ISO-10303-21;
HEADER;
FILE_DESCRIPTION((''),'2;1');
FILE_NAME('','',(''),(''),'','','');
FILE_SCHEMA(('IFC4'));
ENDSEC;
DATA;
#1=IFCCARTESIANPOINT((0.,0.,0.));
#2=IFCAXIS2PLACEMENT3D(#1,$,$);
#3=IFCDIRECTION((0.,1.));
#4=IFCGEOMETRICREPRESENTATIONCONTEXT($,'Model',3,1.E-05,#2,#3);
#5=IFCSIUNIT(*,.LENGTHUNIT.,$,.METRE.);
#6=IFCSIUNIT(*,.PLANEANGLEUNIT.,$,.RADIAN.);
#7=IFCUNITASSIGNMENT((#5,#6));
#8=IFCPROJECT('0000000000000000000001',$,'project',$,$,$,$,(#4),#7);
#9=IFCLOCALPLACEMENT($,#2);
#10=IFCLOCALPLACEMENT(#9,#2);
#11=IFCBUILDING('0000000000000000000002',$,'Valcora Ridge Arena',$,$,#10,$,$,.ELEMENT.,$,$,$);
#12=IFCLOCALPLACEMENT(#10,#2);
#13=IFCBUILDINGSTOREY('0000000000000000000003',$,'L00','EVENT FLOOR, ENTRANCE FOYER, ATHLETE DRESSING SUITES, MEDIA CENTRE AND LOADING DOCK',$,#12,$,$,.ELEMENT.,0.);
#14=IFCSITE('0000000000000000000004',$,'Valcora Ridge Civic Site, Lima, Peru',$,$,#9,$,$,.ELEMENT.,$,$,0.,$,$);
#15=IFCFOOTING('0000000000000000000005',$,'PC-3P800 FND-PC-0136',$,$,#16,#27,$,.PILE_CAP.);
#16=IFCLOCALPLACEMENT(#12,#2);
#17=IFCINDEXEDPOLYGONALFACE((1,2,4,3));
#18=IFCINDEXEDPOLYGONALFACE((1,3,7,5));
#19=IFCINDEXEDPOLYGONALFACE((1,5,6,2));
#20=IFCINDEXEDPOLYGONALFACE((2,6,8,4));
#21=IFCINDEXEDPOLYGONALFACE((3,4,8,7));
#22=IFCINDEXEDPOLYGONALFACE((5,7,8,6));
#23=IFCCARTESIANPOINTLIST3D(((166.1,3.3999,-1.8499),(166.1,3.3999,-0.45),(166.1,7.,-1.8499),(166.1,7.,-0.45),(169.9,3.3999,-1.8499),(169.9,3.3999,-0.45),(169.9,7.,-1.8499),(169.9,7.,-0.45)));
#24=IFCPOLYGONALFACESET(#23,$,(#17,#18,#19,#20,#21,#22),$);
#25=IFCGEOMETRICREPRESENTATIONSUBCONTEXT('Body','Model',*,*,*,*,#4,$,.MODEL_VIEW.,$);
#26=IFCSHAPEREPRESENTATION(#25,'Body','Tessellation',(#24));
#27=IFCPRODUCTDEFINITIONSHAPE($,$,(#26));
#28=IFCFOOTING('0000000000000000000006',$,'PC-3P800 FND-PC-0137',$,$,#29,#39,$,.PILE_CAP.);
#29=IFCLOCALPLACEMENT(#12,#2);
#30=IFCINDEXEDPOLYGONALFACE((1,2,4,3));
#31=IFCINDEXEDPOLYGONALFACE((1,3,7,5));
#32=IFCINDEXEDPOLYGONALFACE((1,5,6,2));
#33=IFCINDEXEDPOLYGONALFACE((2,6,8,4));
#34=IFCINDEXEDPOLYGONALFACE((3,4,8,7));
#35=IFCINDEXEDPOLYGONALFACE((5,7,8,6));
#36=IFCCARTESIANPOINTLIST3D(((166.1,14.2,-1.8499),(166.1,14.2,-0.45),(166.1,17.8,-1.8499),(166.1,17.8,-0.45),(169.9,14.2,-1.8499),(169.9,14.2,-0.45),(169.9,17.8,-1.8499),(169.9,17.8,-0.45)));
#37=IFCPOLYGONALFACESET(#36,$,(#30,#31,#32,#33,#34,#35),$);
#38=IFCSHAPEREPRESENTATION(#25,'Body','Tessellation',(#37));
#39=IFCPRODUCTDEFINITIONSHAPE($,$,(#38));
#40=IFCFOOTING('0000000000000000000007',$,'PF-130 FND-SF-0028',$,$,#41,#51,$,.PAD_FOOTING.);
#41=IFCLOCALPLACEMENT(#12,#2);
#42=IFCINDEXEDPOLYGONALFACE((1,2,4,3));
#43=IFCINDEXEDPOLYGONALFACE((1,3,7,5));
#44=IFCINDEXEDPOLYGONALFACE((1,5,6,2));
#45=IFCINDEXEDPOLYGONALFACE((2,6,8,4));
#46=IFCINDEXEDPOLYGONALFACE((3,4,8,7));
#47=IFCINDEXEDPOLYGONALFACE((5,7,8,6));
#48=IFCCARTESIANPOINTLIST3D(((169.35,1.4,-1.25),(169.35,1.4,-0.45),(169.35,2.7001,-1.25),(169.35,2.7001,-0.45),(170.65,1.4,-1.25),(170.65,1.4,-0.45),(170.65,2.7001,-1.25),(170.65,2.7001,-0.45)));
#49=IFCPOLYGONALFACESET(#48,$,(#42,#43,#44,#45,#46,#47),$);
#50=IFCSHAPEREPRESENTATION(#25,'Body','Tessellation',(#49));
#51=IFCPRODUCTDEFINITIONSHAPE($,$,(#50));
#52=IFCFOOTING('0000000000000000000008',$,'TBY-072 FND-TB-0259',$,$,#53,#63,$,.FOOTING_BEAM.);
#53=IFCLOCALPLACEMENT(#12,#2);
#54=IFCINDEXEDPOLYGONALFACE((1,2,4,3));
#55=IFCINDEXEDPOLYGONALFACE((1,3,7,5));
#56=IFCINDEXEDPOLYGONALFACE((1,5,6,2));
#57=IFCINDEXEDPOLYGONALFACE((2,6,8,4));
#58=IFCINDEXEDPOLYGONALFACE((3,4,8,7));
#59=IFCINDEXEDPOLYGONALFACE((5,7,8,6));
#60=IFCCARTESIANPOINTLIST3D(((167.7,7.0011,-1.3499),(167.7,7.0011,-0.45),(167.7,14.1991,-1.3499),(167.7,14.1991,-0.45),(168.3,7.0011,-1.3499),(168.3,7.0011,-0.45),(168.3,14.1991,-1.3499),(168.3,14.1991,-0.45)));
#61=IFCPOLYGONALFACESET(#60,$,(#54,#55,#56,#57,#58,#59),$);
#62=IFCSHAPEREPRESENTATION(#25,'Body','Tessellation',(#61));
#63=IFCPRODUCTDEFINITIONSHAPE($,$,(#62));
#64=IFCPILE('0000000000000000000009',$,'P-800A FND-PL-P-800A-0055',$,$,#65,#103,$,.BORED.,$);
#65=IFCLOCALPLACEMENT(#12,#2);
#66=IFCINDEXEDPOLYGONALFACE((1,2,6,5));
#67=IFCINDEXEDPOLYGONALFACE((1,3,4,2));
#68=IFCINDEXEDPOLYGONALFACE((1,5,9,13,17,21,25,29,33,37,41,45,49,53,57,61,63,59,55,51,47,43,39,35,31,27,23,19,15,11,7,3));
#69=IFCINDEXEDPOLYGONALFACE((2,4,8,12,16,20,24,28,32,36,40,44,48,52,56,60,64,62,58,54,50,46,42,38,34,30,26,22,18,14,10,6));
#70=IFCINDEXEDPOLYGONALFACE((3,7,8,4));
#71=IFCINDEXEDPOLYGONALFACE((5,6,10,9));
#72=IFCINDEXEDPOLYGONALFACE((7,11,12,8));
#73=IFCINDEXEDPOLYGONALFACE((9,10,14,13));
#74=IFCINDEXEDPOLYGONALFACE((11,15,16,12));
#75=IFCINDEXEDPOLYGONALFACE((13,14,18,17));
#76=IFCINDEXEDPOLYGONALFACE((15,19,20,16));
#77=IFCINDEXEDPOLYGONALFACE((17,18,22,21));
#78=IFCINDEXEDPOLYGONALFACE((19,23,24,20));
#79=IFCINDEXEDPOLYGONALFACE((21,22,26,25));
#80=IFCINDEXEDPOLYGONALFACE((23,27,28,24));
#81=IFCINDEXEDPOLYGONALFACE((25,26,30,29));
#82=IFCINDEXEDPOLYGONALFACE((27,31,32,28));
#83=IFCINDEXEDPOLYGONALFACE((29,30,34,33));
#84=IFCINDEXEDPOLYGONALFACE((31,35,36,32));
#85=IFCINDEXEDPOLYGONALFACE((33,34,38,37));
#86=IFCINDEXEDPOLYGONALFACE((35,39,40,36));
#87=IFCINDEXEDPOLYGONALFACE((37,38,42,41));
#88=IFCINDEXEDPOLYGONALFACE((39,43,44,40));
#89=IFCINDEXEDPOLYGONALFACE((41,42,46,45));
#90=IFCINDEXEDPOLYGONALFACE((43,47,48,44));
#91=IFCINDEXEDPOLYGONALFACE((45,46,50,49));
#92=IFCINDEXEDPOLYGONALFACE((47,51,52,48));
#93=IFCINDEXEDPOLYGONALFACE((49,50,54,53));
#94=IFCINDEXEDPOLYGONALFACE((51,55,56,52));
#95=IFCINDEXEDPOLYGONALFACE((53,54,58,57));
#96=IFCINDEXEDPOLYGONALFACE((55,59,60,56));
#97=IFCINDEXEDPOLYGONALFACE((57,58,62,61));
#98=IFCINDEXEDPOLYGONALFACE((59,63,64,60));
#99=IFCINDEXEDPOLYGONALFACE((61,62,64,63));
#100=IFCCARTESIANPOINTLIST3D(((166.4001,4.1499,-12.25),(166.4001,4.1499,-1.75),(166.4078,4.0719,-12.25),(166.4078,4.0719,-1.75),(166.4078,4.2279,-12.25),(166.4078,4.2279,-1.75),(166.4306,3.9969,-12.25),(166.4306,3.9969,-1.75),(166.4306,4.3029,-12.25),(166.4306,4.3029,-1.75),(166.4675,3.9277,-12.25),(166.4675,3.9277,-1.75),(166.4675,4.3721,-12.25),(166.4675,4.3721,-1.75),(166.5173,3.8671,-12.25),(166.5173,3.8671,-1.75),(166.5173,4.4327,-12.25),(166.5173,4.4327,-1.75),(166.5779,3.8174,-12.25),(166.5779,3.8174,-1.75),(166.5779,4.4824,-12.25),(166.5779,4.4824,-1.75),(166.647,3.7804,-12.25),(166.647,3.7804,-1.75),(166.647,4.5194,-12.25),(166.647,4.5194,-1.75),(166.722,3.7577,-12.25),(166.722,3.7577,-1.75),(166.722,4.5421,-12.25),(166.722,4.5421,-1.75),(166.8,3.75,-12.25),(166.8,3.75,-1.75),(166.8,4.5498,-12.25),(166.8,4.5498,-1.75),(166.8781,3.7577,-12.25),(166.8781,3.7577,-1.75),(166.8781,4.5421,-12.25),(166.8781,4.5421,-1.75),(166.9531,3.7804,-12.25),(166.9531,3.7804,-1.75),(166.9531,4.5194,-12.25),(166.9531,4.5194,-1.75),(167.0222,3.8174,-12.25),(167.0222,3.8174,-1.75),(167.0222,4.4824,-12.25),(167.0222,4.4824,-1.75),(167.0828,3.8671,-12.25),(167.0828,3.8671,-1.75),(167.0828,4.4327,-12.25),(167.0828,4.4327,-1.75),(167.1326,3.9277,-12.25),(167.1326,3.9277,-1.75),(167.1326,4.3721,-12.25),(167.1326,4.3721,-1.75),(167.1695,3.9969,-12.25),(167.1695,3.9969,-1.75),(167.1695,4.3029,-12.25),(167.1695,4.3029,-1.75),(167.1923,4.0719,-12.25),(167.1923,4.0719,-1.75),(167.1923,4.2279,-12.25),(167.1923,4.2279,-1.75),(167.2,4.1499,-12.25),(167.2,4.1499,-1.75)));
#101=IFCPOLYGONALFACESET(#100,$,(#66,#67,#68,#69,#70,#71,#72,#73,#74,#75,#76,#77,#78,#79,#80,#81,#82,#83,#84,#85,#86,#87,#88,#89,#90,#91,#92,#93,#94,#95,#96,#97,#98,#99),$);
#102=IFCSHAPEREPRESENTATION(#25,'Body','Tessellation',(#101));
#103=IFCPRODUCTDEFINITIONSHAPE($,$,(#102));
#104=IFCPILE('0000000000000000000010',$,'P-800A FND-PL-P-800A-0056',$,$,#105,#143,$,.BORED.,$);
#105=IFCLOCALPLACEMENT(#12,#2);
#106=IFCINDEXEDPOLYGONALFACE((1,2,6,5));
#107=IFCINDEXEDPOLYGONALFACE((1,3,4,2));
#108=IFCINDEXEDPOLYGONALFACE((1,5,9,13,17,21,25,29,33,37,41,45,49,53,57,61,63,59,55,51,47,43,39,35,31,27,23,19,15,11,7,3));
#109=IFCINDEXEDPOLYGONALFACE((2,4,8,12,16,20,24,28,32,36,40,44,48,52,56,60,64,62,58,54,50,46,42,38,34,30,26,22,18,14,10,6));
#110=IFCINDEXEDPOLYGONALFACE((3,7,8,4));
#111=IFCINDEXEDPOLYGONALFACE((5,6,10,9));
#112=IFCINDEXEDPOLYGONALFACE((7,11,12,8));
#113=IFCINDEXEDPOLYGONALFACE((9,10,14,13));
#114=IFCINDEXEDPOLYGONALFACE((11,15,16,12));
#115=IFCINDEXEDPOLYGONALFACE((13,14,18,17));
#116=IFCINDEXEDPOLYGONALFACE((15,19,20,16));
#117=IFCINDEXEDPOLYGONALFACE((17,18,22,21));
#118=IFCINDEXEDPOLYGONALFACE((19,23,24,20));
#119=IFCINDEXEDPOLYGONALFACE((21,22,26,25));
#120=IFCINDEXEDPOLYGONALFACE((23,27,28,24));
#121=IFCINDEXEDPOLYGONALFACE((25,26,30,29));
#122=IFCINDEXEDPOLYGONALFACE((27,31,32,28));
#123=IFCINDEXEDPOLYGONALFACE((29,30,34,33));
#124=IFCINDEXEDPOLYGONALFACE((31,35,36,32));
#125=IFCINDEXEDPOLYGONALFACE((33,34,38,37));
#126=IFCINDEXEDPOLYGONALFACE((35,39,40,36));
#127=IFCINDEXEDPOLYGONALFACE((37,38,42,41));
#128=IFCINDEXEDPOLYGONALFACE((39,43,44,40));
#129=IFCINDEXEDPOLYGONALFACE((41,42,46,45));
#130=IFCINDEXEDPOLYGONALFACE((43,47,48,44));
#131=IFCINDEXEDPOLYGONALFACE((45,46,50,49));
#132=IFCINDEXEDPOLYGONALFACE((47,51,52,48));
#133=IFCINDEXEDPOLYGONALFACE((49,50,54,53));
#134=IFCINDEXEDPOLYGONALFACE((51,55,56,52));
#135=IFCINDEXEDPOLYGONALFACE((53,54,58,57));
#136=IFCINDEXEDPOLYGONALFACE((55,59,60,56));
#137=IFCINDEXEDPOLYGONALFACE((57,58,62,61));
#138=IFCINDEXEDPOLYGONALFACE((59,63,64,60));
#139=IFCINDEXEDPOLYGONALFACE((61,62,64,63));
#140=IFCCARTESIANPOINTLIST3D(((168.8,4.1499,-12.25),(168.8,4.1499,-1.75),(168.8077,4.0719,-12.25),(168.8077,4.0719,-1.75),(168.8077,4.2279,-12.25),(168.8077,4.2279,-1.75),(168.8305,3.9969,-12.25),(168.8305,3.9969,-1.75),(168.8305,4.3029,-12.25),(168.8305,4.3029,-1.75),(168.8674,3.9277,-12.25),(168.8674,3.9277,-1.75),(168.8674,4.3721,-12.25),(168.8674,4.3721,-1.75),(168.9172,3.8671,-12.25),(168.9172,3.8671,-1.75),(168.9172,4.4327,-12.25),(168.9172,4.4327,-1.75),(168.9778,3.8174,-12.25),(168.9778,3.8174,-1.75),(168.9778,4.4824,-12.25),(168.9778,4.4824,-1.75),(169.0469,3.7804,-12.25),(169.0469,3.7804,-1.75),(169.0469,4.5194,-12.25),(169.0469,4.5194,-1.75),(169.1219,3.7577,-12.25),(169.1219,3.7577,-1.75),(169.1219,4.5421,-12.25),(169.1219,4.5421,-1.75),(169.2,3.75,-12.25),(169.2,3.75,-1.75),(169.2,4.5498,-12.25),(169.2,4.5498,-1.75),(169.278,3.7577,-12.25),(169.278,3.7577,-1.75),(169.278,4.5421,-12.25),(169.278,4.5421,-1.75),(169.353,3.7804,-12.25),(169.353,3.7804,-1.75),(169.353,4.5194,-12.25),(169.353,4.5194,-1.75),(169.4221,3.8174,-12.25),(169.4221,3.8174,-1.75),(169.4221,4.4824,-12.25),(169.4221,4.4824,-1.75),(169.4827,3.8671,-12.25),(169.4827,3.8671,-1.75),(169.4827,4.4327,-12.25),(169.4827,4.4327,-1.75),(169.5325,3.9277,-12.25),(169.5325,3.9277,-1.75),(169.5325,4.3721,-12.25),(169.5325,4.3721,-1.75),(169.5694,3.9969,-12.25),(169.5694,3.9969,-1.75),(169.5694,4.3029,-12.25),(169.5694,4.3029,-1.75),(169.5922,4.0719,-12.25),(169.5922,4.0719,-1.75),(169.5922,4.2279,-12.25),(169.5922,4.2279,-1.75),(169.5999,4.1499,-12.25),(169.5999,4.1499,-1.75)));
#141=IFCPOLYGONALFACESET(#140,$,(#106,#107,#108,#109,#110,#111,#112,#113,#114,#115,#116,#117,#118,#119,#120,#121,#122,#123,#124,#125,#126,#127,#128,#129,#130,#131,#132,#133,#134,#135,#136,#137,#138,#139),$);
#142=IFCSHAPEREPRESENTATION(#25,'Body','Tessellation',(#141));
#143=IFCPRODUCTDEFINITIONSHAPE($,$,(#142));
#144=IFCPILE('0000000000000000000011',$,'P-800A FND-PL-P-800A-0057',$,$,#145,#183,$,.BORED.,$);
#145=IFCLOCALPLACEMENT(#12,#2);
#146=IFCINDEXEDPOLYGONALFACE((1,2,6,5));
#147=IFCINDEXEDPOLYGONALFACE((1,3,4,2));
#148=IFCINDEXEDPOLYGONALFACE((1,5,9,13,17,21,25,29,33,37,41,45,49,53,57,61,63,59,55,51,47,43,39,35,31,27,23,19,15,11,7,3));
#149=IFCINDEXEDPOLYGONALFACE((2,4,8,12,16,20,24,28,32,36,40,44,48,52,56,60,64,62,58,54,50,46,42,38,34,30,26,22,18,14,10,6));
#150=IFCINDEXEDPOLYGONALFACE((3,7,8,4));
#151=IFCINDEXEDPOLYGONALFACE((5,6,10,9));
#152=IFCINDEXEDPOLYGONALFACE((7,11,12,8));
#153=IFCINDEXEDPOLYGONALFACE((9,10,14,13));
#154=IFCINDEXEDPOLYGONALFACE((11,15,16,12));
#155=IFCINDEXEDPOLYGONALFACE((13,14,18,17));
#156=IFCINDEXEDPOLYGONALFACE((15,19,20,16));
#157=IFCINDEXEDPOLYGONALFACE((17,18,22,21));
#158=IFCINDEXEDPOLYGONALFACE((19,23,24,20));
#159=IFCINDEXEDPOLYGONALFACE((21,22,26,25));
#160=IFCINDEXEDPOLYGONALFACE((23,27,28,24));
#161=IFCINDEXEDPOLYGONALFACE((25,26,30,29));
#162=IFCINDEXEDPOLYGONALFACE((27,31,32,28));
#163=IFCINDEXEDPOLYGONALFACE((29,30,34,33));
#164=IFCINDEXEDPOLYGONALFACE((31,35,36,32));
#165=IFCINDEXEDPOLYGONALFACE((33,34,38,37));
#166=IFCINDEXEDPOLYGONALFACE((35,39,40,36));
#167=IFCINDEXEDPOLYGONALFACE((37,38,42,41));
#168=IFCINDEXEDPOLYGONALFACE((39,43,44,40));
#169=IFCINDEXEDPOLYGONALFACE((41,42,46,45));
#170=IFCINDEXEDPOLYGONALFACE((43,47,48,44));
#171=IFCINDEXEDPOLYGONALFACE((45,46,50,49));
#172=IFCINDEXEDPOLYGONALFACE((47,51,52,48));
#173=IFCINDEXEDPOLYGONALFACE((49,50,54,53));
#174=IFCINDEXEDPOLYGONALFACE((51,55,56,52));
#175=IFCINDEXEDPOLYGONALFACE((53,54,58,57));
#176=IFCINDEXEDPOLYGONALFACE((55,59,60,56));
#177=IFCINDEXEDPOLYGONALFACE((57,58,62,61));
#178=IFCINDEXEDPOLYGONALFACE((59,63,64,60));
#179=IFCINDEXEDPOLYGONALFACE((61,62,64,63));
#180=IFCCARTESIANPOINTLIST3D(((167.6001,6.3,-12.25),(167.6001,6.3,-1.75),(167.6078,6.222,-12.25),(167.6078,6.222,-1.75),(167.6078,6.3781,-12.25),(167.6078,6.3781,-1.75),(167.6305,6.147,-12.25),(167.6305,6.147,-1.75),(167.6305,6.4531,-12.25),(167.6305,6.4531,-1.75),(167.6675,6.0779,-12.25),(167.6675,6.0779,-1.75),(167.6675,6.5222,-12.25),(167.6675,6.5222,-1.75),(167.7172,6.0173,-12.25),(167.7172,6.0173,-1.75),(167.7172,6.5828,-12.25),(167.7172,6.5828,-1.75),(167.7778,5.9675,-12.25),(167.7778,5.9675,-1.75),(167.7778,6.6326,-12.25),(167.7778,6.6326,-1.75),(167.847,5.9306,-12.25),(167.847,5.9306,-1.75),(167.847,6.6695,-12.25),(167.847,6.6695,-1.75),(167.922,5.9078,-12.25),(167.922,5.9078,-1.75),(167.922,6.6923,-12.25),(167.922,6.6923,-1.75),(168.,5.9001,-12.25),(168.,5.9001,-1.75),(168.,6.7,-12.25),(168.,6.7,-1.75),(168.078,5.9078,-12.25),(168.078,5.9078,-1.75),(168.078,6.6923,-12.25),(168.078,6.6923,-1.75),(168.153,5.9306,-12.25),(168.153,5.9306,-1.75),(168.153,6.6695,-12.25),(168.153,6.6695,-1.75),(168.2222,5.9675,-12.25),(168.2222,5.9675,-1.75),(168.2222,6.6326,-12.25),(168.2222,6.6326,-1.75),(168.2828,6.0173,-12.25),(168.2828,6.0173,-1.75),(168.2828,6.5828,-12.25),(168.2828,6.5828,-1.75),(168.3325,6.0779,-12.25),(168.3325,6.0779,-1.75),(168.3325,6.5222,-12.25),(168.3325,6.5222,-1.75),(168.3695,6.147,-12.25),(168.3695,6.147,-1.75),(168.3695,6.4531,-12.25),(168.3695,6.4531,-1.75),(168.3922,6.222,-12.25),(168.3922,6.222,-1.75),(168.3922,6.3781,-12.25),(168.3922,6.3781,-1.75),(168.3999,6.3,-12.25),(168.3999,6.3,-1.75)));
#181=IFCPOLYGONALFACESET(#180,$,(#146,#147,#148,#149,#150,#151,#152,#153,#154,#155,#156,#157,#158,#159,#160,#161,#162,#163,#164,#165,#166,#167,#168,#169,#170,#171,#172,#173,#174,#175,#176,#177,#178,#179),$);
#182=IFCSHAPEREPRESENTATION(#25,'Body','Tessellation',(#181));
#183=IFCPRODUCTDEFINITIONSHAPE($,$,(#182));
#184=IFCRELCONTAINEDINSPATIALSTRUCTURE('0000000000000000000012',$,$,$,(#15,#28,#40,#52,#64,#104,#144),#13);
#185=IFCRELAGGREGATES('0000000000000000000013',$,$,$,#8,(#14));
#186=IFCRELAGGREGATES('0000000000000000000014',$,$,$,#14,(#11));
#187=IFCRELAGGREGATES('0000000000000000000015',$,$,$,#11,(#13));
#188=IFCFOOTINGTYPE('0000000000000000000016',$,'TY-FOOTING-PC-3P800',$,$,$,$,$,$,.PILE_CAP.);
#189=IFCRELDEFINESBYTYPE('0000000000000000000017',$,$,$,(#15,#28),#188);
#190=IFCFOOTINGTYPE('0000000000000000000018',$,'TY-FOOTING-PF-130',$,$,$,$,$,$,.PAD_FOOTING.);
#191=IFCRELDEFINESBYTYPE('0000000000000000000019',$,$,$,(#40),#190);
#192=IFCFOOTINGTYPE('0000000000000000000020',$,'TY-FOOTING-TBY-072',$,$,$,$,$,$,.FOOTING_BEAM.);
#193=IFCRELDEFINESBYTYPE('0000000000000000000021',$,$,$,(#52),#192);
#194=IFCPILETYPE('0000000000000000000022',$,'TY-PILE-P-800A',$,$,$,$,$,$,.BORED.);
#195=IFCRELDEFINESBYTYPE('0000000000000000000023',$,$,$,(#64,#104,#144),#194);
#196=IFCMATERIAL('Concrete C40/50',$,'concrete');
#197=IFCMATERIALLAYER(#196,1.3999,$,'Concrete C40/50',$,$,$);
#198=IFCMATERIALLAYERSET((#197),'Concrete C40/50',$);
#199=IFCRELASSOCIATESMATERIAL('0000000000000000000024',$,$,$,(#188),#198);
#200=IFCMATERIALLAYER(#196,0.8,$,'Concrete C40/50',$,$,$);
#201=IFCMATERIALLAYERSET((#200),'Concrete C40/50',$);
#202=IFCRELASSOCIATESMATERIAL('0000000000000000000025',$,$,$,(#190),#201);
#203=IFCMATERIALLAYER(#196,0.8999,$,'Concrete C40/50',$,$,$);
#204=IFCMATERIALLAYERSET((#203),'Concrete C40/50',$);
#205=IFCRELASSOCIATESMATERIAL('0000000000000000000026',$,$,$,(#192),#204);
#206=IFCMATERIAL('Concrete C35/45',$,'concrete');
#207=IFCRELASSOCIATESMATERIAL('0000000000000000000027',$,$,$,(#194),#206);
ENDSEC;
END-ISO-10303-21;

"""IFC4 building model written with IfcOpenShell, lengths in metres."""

from ifc_helpers import new_model, si_unit, direction, frame, origin, origin_2d, place, context, subcontext, project, spatial, rectangle, circle, extrude, material, layer, layer_set, material_profile, profile_set, type_object, element, save


model = new_model("IFC4")

# Units and contexts
model_context = context("Model", 3, precision=1e-05, world=origin(), true_north=direction((0.0, 1.0)))
body_context = subcontext(model_context, "Body", "Model", "MODEL_VIEW")
ifc_project = project(units=[si_unit("LENGTHUNIT", "METRE"), si_unit("PLANEANGLEUNIT", "RADIAN")], contexts=[model_context])

# Site, building, storey
site_placement = place(None, origin())
site = spatial("IfcSite", under=ifc_project, at=site_placement, Name="Valcora Ridge Civic Site, Lima, Peru", CompositionType="ELEMENT", RefElevation=0.0)
building_placement = place(site_placement, origin())
building = spatial("IfcBuilding", under=site, at=building_placement, Name="Valcora Ridge Arena", CompositionType="ELEMENT")
storey_placement = place(building_placement, origin())
storey = spatial("IfcBuildingStorey", under=building, at=storey_placement, Name="L00", Description="EVENT FLOOR, ENTRANCE FOYER, ATHLETE DRESSING SUITES, MEDIA CENTRE AND LOADING DOCK", CompositionType="ELEMENT", Elevation=0.0)

# Footings
ifc_material_1 = material(Name="Concrete C40/50", Category="concrete")
ifc_layer_1 = layer(ifc_material_1, 1.3999, Name="Concrete C40/50")
ifc_layer_set_1 = layer_set([ifc_layer_1], Name="Concrete C40/50")
footing_type_1 = type_object("IfcFootingType", Name="TY-FOOTING-PC-3P800", PredefinedType="PILE_CAP", material=ifc_layer_set_1)
for number, where, z_axis, x_axis, name in (
    (1, (168.0, 5.2, -1.8499), (0.0, 0.0, 1.0), (1.0, 0.0, 0.0), "PC-3P800 FND-PC-0136"),
    (2, (168.0, 16.0, -1.8499), (0.0, 0.0, 1.0), (1.0, 0.0, 0.0), "PC-3P800 FND-PC-0137"),
):
    element("IfcFooting", number, at=place(storey_placement, frame(where, z_axis=z_axis, x_axis=x_axis)), inside=storey, type_object=footing_type_1, Name=name, PredefinedType="PILE_CAP", context=body_context, shape_type="SweptSolid", body=[
        extrude(rectangle(XDim=3.8, YDim=3.6001, at=origin_2d()), origin(), (0.0, 0.0, 1.0), 1.3999),
    ])
ifc_layer_2 = layer(ifc_material_1, 0.8, Name="Concrete C40/50")
ifc_layer_set_2 = layer_set([ifc_layer_2], Name="Concrete C40/50")
footing_type_2 = type_object("IfcFootingType", Name="TY-FOOTING-PF-130", PredefinedType="PAD_FOOTING", material=ifc_layer_set_2)
footing_1_placement = place(storey_placement, frame((170.0, 2.05, -1.25), z_axis=(0.0, 0.0, 1.0), x_axis=(1.0, 0.0, 0.0)))
element("IfcFooting", 3, at=footing_1_placement, inside=storey, type_object=footing_type_2, Name="PF-130 FND-SF-0028", PredefinedType="PAD_FOOTING", context=body_context, shape_type="SweptSolid", body=[
    extrude(rectangle(XDim=1.3, YDim=1.3, at=origin_2d()), origin(), (0.0, 0.0, 1.0), 0.8),
])
ifc_layer_3 = layer(ifc_material_1, 0.8999, Name="Concrete C40/50")
ifc_layer_set_3 = layer_set([ifc_layer_3], Name="Concrete C40/50")
footing_type_3 = type_object("IfcFootingType", Name="TY-FOOTING-TBY-072", PredefinedType="FOOTING_BEAM", material=ifc_layer_set_3)
footing_2_placement = place(storey_placement, frame((168.0, 10.6001, -1.3499), z_axis=(0.0, 0.0, 1.0), x_axis=(1.0, 0.0, 0.0)))
element("IfcFooting", 4, at=footing_2_placement, inside=storey, type_object=footing_type_3, Name="TBY-072 FND-TB-0259", PredefinedType="FOOTING_BEAM", context=body_context, shape_type="SweptSolid", body=[
    extrude(rectangle(XDim=0.6001, YDim=7.198, at=origin_2d()), origin(), (0.0, 0.0, 1.0), 0.8999),
])

# Piles
ifc_material_2 = material(Name="Concrete C35/45", Category="concrete")
ifc_material_profile_1 = material_profile(ifc_material_2, circle(Radius=0.3999, at=origin_2d()), Name="BORED PILE D800")
ifc_profile_set_1 = profile_set([ifc_material_profile_1], Name="Concrete C35/45")
pile_type = type_object("IfcPileType", Name="TY-PILE-P-800A", PredefinedType="BORED", material=ifc_profile_set_1)
for number, where, z_axis, x_axis, name in (
    (5, (166.8, 4.1499, -1.75), (0.0, 0.0, -1.0), (1.0, 0.0, 0.0), "P-800A FND-PL-P-800A-0055"),
    (6, (169.2, 4.1499, -1.75), (0.0, 0.0, -1.0), (1.0, 0.0, 0.0), "P-800A FND-PL-P-800A-0056"),
    (7, (168.0, 6.3, -1.75), (0.0, 0.0, -1.0), (1.0, 0.0, 0.0), "P-800A FND-PL-P-800A-0057"),
):
    element("IfcPile", number, at=place(storey_placement, frame(where, z_axis=z_axis, x_axis=x_axis)), inside=storey, type_object=pile_type, Name=name, PredefinedType="BORED", context=body_context, shape_type="SweptSolid", body=[
        extrude(circle(Radius=0.3999, at=origin_2d()), origin(), (0.0, 0.0, 1.0), 10.5),
    ])

save(model, "model.ifc")
